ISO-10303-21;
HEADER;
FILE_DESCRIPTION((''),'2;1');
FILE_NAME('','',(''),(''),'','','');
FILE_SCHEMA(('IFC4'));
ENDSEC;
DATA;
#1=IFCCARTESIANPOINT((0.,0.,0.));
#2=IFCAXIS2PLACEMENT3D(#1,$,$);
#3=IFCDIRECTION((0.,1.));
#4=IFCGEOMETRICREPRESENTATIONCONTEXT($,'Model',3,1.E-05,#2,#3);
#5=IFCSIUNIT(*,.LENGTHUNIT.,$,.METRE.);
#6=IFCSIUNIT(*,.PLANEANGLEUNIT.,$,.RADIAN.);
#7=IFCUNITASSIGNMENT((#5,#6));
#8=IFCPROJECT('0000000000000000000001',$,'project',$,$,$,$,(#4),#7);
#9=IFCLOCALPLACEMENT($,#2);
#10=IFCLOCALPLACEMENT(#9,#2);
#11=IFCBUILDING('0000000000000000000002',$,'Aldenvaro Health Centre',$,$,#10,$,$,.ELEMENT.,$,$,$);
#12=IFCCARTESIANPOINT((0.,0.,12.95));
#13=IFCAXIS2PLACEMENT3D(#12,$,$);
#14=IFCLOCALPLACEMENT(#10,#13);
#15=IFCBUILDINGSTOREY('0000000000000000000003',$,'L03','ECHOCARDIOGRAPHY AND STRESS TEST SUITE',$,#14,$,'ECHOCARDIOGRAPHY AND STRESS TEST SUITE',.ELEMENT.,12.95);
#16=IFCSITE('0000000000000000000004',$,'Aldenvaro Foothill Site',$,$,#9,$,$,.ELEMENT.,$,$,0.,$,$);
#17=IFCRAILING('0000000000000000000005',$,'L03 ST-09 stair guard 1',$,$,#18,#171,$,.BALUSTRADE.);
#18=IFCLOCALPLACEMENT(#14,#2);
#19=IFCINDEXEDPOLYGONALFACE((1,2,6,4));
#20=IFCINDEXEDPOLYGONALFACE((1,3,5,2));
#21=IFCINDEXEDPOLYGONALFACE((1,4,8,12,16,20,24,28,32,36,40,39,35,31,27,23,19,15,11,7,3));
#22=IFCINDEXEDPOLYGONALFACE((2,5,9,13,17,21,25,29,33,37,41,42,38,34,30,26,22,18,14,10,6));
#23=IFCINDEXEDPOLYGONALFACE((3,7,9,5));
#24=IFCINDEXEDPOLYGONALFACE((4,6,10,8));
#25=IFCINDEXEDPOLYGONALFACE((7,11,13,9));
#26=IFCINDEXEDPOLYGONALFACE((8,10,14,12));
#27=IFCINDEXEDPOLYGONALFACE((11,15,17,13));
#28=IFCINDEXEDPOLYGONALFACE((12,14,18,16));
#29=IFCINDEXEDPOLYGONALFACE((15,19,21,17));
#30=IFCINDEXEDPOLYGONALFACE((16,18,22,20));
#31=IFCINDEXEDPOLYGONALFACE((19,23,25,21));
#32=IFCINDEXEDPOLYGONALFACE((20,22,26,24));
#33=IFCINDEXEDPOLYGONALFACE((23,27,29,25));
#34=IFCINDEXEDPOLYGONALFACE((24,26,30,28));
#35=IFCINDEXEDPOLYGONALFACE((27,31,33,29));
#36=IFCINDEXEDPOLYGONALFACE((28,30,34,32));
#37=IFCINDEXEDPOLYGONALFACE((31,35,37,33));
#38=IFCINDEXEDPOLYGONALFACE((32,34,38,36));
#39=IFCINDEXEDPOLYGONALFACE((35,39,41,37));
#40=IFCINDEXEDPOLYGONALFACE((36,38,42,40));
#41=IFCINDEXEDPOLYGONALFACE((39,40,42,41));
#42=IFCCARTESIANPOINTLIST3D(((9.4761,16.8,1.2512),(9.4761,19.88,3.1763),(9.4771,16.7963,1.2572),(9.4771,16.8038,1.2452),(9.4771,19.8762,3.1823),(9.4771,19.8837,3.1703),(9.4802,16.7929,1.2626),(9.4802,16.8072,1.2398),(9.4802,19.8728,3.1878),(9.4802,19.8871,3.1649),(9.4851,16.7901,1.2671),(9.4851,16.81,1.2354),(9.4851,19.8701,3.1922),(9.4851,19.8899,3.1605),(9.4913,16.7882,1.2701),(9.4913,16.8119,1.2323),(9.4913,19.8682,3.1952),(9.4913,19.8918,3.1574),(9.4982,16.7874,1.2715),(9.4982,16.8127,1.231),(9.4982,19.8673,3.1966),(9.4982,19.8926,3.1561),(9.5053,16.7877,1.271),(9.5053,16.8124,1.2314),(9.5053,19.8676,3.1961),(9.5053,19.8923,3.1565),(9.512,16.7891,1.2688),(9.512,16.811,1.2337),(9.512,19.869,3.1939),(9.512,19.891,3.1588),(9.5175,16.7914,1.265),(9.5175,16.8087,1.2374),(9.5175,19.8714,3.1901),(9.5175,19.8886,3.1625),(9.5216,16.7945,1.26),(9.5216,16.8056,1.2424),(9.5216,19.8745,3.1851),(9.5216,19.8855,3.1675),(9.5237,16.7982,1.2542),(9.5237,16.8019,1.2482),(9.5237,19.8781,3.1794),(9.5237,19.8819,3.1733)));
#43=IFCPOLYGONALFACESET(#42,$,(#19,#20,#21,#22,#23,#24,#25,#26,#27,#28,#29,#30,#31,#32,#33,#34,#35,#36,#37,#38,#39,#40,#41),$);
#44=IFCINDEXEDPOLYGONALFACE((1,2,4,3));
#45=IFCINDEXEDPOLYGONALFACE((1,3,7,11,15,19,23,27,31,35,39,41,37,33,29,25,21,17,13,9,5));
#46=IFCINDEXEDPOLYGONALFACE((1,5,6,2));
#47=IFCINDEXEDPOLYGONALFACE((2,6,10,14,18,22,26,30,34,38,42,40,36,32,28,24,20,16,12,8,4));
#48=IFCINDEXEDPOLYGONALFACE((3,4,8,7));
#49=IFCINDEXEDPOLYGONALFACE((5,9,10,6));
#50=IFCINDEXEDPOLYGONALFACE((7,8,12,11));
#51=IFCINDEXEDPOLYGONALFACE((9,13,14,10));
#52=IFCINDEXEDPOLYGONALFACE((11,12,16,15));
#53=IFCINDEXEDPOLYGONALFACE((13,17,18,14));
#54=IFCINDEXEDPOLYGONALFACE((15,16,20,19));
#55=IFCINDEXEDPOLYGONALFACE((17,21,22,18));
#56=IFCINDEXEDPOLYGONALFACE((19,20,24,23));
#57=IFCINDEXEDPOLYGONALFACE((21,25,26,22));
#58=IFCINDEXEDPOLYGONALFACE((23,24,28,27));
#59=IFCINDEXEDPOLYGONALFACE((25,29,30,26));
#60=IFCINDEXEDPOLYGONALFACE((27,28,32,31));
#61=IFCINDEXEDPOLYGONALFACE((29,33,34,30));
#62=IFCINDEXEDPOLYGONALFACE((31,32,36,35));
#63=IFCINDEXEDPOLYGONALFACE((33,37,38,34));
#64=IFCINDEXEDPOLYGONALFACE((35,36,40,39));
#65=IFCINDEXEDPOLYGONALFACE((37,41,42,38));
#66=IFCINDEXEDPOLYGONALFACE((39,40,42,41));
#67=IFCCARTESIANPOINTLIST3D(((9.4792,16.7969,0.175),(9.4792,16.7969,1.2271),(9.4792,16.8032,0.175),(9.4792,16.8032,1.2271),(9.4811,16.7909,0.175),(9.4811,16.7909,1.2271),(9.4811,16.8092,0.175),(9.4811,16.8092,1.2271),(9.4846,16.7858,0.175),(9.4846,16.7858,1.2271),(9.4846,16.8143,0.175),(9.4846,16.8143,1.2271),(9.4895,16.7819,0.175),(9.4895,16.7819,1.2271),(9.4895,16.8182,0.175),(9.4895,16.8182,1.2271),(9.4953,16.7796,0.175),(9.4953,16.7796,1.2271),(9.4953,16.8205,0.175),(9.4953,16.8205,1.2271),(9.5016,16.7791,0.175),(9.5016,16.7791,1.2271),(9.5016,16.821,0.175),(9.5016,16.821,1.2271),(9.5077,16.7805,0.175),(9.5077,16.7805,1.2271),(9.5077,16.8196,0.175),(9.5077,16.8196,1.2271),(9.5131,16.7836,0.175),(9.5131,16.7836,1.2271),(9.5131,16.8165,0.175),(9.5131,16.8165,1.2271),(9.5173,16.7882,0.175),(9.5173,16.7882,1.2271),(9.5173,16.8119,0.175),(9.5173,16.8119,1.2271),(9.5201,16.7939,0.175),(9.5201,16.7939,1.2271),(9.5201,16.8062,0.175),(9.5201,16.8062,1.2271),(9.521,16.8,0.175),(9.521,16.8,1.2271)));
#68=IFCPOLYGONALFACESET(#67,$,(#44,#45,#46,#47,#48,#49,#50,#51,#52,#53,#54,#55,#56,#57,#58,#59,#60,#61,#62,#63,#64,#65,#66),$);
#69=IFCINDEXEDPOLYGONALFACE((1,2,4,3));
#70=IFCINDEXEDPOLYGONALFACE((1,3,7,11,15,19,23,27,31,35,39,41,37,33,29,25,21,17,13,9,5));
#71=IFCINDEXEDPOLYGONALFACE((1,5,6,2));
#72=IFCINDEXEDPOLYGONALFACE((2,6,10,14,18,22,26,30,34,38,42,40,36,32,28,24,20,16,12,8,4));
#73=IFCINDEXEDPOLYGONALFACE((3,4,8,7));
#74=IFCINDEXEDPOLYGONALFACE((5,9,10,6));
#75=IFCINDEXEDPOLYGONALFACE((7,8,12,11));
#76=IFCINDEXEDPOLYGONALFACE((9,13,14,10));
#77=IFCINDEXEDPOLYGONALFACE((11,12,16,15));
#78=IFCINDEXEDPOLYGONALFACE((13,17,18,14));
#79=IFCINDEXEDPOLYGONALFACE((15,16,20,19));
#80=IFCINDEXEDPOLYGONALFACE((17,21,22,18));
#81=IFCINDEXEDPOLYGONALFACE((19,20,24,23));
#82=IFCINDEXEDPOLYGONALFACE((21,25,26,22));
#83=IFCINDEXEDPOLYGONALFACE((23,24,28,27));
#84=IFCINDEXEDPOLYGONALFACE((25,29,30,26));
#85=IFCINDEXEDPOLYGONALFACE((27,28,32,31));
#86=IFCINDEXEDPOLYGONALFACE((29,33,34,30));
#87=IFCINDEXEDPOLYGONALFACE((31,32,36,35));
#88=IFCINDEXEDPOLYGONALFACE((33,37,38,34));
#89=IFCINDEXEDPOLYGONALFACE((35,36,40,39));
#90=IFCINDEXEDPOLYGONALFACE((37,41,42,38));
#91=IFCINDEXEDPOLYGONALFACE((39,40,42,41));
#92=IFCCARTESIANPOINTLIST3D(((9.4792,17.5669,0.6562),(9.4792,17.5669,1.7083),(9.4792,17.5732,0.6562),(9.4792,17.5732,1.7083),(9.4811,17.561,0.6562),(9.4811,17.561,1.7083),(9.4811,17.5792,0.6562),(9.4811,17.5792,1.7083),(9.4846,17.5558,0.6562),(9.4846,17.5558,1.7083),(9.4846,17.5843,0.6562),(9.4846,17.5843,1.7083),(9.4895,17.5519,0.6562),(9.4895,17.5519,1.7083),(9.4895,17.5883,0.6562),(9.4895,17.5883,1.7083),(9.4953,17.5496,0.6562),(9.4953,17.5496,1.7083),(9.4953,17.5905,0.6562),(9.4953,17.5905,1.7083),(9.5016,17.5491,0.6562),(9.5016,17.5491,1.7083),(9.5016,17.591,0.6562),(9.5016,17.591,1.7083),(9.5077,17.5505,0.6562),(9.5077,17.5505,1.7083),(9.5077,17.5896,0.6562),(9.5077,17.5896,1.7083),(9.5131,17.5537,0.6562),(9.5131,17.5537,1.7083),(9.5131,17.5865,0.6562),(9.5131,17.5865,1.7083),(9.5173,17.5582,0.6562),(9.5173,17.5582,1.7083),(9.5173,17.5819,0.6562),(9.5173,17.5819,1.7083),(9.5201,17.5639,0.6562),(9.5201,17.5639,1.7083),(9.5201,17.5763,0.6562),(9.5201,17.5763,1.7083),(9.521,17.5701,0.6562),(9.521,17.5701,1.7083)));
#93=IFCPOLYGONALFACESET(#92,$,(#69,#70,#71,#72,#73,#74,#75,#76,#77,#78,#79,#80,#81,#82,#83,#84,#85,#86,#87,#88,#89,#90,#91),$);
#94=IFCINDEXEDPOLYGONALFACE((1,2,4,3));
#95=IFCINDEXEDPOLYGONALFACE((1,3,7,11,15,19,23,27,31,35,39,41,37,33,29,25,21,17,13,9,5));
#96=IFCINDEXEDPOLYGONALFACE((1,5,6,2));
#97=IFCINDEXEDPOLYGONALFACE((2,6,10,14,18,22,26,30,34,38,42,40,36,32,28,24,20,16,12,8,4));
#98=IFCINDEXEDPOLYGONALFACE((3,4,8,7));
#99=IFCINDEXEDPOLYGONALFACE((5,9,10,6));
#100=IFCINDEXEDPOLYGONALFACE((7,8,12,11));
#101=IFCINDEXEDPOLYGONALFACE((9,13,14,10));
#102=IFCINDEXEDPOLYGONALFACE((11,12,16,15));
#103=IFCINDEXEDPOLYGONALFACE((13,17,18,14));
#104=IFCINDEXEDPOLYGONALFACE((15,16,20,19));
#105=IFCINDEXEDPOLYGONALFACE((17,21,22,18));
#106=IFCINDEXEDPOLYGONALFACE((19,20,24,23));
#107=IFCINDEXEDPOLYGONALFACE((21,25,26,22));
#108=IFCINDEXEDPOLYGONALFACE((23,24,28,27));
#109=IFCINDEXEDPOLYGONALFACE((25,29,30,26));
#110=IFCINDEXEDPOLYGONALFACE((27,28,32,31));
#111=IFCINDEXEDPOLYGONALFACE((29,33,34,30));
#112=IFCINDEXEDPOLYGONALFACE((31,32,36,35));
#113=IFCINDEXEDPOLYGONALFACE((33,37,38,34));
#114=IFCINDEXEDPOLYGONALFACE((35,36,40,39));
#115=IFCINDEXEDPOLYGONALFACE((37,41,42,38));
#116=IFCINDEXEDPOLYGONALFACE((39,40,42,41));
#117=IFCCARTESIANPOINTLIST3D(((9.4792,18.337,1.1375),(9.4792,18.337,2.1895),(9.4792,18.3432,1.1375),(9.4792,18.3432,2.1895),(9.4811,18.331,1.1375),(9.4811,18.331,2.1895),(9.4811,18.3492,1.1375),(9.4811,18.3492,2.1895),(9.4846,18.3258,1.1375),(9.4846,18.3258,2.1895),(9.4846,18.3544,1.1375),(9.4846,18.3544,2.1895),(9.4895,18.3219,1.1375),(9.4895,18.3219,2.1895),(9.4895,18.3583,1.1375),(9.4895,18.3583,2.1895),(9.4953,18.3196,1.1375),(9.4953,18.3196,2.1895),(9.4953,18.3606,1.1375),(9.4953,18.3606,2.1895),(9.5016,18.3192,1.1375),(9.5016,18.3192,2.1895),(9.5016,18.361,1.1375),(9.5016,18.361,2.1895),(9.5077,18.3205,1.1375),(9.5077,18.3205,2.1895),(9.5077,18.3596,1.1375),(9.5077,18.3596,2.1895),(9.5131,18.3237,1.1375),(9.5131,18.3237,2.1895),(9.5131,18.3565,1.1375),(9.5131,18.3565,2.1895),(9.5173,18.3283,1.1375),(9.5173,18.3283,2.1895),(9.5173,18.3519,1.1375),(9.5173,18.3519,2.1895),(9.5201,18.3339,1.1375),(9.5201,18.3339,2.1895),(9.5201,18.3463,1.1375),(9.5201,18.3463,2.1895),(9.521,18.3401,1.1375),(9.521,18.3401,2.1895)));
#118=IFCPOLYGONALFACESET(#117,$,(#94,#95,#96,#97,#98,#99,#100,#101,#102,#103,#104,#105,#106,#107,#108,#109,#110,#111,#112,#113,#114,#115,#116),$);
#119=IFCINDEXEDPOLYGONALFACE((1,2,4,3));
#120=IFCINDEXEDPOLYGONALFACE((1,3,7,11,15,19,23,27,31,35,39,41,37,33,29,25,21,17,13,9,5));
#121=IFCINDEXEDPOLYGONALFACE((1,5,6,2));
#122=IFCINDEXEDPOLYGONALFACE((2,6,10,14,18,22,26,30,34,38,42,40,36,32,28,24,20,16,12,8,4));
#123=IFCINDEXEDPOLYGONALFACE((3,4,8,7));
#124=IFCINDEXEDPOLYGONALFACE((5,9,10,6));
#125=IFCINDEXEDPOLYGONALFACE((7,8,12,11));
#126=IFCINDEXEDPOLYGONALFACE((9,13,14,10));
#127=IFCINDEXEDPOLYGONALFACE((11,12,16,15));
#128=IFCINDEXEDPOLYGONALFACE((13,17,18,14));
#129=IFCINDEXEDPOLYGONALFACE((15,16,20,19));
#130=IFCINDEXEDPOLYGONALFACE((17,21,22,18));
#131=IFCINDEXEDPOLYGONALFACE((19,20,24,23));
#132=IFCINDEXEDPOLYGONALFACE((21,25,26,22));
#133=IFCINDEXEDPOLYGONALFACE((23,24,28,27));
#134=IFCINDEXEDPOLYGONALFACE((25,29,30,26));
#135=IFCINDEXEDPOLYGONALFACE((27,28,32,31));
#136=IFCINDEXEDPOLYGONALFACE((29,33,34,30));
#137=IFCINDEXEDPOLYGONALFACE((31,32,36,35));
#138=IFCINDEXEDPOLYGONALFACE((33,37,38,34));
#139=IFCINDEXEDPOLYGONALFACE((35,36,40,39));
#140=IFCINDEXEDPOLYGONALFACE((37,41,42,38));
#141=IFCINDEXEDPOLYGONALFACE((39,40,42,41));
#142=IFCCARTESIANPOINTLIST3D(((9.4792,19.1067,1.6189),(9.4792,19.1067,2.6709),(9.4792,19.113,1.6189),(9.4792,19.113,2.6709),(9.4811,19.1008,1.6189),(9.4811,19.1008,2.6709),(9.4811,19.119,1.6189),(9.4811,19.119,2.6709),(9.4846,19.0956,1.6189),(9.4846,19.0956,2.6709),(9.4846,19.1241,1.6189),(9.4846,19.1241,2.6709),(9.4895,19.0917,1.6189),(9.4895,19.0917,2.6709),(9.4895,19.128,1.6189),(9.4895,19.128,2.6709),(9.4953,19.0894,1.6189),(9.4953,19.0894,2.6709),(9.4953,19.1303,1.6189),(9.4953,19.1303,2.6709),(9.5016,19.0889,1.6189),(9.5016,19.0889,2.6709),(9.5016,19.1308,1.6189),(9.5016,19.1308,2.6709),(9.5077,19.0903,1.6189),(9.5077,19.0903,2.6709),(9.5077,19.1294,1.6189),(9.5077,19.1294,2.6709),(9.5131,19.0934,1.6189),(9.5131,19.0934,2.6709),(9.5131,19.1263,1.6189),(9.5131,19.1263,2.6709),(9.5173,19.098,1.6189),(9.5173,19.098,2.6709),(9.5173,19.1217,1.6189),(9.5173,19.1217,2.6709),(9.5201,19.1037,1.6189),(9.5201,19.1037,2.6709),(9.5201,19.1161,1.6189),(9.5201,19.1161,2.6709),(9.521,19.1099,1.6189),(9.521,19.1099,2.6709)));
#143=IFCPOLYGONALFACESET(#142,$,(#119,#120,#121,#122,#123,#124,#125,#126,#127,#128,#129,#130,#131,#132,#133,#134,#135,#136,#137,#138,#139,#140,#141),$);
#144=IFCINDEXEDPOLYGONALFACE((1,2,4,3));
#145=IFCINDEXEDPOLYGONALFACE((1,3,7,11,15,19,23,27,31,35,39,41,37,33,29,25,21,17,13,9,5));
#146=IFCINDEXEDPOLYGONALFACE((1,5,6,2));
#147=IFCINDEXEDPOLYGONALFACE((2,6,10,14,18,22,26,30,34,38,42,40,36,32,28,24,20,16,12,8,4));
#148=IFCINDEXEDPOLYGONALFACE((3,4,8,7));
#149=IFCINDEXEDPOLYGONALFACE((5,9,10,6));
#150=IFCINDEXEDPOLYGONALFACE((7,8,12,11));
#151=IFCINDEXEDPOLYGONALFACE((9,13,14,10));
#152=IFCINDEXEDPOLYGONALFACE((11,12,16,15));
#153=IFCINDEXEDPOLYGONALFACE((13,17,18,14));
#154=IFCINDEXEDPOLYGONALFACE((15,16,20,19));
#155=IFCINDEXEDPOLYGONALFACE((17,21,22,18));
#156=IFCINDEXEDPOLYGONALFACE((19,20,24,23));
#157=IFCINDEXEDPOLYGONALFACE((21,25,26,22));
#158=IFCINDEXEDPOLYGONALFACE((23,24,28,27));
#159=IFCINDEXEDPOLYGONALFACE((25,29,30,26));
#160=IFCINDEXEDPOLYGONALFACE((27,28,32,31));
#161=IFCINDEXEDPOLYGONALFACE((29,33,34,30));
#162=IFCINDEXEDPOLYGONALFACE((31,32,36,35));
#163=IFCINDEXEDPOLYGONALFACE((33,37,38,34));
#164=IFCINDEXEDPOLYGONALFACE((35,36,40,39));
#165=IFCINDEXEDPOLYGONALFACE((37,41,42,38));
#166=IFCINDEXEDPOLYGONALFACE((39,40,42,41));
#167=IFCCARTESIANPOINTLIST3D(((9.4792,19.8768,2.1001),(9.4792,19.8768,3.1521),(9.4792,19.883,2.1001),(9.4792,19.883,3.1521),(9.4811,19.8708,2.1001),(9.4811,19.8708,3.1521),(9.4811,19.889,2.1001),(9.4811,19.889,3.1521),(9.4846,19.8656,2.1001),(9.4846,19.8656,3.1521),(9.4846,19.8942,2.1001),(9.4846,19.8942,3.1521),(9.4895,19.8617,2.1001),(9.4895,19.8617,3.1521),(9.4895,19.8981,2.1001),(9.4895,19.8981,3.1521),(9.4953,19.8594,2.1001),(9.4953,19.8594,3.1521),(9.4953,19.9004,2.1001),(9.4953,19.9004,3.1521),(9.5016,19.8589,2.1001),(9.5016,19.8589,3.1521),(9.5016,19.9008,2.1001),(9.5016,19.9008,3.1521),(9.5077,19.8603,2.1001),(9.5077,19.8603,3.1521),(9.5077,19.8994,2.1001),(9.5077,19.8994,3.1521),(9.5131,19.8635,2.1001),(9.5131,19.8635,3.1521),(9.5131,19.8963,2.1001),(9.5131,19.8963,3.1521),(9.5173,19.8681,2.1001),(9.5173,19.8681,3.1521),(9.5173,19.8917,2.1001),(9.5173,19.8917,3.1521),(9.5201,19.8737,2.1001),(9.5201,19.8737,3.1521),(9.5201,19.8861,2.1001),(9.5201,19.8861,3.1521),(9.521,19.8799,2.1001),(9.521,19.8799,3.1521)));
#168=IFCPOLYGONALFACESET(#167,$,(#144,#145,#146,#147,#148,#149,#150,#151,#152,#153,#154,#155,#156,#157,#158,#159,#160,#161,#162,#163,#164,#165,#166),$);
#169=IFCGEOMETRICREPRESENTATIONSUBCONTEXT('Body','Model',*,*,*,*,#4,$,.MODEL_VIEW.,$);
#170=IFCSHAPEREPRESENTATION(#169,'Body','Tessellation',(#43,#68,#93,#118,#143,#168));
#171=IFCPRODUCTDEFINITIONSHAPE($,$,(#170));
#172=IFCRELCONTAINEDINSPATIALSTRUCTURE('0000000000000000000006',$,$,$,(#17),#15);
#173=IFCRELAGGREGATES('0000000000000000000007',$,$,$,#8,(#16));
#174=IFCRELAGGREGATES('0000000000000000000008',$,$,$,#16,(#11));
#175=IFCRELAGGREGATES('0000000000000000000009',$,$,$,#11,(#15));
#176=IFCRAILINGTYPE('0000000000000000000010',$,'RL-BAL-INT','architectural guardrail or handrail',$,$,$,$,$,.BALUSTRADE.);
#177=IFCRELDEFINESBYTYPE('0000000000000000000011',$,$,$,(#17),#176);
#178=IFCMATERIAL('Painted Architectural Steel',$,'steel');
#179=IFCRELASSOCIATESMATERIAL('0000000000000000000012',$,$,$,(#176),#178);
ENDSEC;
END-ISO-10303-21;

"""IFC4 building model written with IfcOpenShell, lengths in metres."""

from ifc_helpers import new_model, si_unit, direction, frame, origin, origin_2d, place, context, subcontext, project, spatial, circle, extrude, material, type_object, element, save


model = new_model("IFC4")

# Units and contexts
model_context = context("Model", 3, precision=1e-05, world=origin(), true_north=direction((0.0, 1.0)))
body_context = subcontext(model_context, "Body", "Model", "MODEL_VIEW")
ifc_project = project(units=[si_unit("LENGTHUNIT", "METRE"), si_unit("PLANEANGLEUNIT", "RADIAN")], contexts=[model_context])

# Site, building, storey
site_placement = place(None, origin())
site = spatial("IfcSite", under=ifc_project, at=site_placement, Name="Aldenvaro Foothill Site", CompositionType="ELEMENT", RefElevation=0.0)
building_placement = place(site_placement, origin())
building = spatial("IfcBuilding", under=site, at=building_placement, Name="Aldenvaro Health Centre", CompositionType="ELEMENT")
storey_placement = place(building_placement, frame((0.0, 0.0, 12.95)))
storey = spatial("IfcBuildingStorey", under=building, at=storey_placement, Name="L03", Description="ECHOCARDIOGRAPHY AND STRESS TEST SUITE", LongName="ECHOCARDIOGRAPHY AND STRESS TEST SUITE", CompositionType="ELEMENT", Elevation=12.95)

# Railing
ifc_material_1 = material(Name="Painted Architectural Steel", Category="steel")
railing_type_1 = type_object("IfcRailingType", Name="RL-BAL-INT", Description="architectural guardrail or handrail", PredefinedType="BALUSTRADE", material=ifc_material_1)
railing_1_placement = place(storey_placement, frame((9.5, 16.8, 0.175)))
element("IfcRailing", 1, at=railing_1_placement, inside=storey, type_object=railing_type_1, Name="L03 ST-09 stair guard 1", PredefinedType="BALUSTRADE", context=body_context, shape_type="SweptSolid", body=[
    extrude(circle(Radius=0.0239, at=origin_2d()), frame((0.0, 0.0, 1.0762), z_axis=(0.0, 0.847979, 0.530029), x_axis=(-1.0, 0.0, 0.0)), (0.0, 0.0, 1.0), 3.6321),
    extrude(circle(Radius=0.021, at=origin_2d()), origin(), (0.0, 0.0, 1.0), 1.052),
    extrude(circle(Radius=0.021, at=origin_2d()), frame((0.0, 0.77, 0.4812)), (0.0, 0.0, 1.0), 1.052),
    extrude(circle(Radius=0.021, at=origin_2d()), frame((0.0, 1.54, 0.9624)), (0.0, 0.0, 1.0), 1.052),
    extrude(circle(Radius=0.021, at=origin_2d()), frame((0.0, 2.3098, 1.4438)), (0.0, 0.0, 1.0), 1.052),
    extrude(circle(Radius=0.021, at=origin_2d()), frame((0.0, 3.0798, 1.925)), (0.0, 0.0, 1.0), 1.052),
])

save(model, "model.ifc")
